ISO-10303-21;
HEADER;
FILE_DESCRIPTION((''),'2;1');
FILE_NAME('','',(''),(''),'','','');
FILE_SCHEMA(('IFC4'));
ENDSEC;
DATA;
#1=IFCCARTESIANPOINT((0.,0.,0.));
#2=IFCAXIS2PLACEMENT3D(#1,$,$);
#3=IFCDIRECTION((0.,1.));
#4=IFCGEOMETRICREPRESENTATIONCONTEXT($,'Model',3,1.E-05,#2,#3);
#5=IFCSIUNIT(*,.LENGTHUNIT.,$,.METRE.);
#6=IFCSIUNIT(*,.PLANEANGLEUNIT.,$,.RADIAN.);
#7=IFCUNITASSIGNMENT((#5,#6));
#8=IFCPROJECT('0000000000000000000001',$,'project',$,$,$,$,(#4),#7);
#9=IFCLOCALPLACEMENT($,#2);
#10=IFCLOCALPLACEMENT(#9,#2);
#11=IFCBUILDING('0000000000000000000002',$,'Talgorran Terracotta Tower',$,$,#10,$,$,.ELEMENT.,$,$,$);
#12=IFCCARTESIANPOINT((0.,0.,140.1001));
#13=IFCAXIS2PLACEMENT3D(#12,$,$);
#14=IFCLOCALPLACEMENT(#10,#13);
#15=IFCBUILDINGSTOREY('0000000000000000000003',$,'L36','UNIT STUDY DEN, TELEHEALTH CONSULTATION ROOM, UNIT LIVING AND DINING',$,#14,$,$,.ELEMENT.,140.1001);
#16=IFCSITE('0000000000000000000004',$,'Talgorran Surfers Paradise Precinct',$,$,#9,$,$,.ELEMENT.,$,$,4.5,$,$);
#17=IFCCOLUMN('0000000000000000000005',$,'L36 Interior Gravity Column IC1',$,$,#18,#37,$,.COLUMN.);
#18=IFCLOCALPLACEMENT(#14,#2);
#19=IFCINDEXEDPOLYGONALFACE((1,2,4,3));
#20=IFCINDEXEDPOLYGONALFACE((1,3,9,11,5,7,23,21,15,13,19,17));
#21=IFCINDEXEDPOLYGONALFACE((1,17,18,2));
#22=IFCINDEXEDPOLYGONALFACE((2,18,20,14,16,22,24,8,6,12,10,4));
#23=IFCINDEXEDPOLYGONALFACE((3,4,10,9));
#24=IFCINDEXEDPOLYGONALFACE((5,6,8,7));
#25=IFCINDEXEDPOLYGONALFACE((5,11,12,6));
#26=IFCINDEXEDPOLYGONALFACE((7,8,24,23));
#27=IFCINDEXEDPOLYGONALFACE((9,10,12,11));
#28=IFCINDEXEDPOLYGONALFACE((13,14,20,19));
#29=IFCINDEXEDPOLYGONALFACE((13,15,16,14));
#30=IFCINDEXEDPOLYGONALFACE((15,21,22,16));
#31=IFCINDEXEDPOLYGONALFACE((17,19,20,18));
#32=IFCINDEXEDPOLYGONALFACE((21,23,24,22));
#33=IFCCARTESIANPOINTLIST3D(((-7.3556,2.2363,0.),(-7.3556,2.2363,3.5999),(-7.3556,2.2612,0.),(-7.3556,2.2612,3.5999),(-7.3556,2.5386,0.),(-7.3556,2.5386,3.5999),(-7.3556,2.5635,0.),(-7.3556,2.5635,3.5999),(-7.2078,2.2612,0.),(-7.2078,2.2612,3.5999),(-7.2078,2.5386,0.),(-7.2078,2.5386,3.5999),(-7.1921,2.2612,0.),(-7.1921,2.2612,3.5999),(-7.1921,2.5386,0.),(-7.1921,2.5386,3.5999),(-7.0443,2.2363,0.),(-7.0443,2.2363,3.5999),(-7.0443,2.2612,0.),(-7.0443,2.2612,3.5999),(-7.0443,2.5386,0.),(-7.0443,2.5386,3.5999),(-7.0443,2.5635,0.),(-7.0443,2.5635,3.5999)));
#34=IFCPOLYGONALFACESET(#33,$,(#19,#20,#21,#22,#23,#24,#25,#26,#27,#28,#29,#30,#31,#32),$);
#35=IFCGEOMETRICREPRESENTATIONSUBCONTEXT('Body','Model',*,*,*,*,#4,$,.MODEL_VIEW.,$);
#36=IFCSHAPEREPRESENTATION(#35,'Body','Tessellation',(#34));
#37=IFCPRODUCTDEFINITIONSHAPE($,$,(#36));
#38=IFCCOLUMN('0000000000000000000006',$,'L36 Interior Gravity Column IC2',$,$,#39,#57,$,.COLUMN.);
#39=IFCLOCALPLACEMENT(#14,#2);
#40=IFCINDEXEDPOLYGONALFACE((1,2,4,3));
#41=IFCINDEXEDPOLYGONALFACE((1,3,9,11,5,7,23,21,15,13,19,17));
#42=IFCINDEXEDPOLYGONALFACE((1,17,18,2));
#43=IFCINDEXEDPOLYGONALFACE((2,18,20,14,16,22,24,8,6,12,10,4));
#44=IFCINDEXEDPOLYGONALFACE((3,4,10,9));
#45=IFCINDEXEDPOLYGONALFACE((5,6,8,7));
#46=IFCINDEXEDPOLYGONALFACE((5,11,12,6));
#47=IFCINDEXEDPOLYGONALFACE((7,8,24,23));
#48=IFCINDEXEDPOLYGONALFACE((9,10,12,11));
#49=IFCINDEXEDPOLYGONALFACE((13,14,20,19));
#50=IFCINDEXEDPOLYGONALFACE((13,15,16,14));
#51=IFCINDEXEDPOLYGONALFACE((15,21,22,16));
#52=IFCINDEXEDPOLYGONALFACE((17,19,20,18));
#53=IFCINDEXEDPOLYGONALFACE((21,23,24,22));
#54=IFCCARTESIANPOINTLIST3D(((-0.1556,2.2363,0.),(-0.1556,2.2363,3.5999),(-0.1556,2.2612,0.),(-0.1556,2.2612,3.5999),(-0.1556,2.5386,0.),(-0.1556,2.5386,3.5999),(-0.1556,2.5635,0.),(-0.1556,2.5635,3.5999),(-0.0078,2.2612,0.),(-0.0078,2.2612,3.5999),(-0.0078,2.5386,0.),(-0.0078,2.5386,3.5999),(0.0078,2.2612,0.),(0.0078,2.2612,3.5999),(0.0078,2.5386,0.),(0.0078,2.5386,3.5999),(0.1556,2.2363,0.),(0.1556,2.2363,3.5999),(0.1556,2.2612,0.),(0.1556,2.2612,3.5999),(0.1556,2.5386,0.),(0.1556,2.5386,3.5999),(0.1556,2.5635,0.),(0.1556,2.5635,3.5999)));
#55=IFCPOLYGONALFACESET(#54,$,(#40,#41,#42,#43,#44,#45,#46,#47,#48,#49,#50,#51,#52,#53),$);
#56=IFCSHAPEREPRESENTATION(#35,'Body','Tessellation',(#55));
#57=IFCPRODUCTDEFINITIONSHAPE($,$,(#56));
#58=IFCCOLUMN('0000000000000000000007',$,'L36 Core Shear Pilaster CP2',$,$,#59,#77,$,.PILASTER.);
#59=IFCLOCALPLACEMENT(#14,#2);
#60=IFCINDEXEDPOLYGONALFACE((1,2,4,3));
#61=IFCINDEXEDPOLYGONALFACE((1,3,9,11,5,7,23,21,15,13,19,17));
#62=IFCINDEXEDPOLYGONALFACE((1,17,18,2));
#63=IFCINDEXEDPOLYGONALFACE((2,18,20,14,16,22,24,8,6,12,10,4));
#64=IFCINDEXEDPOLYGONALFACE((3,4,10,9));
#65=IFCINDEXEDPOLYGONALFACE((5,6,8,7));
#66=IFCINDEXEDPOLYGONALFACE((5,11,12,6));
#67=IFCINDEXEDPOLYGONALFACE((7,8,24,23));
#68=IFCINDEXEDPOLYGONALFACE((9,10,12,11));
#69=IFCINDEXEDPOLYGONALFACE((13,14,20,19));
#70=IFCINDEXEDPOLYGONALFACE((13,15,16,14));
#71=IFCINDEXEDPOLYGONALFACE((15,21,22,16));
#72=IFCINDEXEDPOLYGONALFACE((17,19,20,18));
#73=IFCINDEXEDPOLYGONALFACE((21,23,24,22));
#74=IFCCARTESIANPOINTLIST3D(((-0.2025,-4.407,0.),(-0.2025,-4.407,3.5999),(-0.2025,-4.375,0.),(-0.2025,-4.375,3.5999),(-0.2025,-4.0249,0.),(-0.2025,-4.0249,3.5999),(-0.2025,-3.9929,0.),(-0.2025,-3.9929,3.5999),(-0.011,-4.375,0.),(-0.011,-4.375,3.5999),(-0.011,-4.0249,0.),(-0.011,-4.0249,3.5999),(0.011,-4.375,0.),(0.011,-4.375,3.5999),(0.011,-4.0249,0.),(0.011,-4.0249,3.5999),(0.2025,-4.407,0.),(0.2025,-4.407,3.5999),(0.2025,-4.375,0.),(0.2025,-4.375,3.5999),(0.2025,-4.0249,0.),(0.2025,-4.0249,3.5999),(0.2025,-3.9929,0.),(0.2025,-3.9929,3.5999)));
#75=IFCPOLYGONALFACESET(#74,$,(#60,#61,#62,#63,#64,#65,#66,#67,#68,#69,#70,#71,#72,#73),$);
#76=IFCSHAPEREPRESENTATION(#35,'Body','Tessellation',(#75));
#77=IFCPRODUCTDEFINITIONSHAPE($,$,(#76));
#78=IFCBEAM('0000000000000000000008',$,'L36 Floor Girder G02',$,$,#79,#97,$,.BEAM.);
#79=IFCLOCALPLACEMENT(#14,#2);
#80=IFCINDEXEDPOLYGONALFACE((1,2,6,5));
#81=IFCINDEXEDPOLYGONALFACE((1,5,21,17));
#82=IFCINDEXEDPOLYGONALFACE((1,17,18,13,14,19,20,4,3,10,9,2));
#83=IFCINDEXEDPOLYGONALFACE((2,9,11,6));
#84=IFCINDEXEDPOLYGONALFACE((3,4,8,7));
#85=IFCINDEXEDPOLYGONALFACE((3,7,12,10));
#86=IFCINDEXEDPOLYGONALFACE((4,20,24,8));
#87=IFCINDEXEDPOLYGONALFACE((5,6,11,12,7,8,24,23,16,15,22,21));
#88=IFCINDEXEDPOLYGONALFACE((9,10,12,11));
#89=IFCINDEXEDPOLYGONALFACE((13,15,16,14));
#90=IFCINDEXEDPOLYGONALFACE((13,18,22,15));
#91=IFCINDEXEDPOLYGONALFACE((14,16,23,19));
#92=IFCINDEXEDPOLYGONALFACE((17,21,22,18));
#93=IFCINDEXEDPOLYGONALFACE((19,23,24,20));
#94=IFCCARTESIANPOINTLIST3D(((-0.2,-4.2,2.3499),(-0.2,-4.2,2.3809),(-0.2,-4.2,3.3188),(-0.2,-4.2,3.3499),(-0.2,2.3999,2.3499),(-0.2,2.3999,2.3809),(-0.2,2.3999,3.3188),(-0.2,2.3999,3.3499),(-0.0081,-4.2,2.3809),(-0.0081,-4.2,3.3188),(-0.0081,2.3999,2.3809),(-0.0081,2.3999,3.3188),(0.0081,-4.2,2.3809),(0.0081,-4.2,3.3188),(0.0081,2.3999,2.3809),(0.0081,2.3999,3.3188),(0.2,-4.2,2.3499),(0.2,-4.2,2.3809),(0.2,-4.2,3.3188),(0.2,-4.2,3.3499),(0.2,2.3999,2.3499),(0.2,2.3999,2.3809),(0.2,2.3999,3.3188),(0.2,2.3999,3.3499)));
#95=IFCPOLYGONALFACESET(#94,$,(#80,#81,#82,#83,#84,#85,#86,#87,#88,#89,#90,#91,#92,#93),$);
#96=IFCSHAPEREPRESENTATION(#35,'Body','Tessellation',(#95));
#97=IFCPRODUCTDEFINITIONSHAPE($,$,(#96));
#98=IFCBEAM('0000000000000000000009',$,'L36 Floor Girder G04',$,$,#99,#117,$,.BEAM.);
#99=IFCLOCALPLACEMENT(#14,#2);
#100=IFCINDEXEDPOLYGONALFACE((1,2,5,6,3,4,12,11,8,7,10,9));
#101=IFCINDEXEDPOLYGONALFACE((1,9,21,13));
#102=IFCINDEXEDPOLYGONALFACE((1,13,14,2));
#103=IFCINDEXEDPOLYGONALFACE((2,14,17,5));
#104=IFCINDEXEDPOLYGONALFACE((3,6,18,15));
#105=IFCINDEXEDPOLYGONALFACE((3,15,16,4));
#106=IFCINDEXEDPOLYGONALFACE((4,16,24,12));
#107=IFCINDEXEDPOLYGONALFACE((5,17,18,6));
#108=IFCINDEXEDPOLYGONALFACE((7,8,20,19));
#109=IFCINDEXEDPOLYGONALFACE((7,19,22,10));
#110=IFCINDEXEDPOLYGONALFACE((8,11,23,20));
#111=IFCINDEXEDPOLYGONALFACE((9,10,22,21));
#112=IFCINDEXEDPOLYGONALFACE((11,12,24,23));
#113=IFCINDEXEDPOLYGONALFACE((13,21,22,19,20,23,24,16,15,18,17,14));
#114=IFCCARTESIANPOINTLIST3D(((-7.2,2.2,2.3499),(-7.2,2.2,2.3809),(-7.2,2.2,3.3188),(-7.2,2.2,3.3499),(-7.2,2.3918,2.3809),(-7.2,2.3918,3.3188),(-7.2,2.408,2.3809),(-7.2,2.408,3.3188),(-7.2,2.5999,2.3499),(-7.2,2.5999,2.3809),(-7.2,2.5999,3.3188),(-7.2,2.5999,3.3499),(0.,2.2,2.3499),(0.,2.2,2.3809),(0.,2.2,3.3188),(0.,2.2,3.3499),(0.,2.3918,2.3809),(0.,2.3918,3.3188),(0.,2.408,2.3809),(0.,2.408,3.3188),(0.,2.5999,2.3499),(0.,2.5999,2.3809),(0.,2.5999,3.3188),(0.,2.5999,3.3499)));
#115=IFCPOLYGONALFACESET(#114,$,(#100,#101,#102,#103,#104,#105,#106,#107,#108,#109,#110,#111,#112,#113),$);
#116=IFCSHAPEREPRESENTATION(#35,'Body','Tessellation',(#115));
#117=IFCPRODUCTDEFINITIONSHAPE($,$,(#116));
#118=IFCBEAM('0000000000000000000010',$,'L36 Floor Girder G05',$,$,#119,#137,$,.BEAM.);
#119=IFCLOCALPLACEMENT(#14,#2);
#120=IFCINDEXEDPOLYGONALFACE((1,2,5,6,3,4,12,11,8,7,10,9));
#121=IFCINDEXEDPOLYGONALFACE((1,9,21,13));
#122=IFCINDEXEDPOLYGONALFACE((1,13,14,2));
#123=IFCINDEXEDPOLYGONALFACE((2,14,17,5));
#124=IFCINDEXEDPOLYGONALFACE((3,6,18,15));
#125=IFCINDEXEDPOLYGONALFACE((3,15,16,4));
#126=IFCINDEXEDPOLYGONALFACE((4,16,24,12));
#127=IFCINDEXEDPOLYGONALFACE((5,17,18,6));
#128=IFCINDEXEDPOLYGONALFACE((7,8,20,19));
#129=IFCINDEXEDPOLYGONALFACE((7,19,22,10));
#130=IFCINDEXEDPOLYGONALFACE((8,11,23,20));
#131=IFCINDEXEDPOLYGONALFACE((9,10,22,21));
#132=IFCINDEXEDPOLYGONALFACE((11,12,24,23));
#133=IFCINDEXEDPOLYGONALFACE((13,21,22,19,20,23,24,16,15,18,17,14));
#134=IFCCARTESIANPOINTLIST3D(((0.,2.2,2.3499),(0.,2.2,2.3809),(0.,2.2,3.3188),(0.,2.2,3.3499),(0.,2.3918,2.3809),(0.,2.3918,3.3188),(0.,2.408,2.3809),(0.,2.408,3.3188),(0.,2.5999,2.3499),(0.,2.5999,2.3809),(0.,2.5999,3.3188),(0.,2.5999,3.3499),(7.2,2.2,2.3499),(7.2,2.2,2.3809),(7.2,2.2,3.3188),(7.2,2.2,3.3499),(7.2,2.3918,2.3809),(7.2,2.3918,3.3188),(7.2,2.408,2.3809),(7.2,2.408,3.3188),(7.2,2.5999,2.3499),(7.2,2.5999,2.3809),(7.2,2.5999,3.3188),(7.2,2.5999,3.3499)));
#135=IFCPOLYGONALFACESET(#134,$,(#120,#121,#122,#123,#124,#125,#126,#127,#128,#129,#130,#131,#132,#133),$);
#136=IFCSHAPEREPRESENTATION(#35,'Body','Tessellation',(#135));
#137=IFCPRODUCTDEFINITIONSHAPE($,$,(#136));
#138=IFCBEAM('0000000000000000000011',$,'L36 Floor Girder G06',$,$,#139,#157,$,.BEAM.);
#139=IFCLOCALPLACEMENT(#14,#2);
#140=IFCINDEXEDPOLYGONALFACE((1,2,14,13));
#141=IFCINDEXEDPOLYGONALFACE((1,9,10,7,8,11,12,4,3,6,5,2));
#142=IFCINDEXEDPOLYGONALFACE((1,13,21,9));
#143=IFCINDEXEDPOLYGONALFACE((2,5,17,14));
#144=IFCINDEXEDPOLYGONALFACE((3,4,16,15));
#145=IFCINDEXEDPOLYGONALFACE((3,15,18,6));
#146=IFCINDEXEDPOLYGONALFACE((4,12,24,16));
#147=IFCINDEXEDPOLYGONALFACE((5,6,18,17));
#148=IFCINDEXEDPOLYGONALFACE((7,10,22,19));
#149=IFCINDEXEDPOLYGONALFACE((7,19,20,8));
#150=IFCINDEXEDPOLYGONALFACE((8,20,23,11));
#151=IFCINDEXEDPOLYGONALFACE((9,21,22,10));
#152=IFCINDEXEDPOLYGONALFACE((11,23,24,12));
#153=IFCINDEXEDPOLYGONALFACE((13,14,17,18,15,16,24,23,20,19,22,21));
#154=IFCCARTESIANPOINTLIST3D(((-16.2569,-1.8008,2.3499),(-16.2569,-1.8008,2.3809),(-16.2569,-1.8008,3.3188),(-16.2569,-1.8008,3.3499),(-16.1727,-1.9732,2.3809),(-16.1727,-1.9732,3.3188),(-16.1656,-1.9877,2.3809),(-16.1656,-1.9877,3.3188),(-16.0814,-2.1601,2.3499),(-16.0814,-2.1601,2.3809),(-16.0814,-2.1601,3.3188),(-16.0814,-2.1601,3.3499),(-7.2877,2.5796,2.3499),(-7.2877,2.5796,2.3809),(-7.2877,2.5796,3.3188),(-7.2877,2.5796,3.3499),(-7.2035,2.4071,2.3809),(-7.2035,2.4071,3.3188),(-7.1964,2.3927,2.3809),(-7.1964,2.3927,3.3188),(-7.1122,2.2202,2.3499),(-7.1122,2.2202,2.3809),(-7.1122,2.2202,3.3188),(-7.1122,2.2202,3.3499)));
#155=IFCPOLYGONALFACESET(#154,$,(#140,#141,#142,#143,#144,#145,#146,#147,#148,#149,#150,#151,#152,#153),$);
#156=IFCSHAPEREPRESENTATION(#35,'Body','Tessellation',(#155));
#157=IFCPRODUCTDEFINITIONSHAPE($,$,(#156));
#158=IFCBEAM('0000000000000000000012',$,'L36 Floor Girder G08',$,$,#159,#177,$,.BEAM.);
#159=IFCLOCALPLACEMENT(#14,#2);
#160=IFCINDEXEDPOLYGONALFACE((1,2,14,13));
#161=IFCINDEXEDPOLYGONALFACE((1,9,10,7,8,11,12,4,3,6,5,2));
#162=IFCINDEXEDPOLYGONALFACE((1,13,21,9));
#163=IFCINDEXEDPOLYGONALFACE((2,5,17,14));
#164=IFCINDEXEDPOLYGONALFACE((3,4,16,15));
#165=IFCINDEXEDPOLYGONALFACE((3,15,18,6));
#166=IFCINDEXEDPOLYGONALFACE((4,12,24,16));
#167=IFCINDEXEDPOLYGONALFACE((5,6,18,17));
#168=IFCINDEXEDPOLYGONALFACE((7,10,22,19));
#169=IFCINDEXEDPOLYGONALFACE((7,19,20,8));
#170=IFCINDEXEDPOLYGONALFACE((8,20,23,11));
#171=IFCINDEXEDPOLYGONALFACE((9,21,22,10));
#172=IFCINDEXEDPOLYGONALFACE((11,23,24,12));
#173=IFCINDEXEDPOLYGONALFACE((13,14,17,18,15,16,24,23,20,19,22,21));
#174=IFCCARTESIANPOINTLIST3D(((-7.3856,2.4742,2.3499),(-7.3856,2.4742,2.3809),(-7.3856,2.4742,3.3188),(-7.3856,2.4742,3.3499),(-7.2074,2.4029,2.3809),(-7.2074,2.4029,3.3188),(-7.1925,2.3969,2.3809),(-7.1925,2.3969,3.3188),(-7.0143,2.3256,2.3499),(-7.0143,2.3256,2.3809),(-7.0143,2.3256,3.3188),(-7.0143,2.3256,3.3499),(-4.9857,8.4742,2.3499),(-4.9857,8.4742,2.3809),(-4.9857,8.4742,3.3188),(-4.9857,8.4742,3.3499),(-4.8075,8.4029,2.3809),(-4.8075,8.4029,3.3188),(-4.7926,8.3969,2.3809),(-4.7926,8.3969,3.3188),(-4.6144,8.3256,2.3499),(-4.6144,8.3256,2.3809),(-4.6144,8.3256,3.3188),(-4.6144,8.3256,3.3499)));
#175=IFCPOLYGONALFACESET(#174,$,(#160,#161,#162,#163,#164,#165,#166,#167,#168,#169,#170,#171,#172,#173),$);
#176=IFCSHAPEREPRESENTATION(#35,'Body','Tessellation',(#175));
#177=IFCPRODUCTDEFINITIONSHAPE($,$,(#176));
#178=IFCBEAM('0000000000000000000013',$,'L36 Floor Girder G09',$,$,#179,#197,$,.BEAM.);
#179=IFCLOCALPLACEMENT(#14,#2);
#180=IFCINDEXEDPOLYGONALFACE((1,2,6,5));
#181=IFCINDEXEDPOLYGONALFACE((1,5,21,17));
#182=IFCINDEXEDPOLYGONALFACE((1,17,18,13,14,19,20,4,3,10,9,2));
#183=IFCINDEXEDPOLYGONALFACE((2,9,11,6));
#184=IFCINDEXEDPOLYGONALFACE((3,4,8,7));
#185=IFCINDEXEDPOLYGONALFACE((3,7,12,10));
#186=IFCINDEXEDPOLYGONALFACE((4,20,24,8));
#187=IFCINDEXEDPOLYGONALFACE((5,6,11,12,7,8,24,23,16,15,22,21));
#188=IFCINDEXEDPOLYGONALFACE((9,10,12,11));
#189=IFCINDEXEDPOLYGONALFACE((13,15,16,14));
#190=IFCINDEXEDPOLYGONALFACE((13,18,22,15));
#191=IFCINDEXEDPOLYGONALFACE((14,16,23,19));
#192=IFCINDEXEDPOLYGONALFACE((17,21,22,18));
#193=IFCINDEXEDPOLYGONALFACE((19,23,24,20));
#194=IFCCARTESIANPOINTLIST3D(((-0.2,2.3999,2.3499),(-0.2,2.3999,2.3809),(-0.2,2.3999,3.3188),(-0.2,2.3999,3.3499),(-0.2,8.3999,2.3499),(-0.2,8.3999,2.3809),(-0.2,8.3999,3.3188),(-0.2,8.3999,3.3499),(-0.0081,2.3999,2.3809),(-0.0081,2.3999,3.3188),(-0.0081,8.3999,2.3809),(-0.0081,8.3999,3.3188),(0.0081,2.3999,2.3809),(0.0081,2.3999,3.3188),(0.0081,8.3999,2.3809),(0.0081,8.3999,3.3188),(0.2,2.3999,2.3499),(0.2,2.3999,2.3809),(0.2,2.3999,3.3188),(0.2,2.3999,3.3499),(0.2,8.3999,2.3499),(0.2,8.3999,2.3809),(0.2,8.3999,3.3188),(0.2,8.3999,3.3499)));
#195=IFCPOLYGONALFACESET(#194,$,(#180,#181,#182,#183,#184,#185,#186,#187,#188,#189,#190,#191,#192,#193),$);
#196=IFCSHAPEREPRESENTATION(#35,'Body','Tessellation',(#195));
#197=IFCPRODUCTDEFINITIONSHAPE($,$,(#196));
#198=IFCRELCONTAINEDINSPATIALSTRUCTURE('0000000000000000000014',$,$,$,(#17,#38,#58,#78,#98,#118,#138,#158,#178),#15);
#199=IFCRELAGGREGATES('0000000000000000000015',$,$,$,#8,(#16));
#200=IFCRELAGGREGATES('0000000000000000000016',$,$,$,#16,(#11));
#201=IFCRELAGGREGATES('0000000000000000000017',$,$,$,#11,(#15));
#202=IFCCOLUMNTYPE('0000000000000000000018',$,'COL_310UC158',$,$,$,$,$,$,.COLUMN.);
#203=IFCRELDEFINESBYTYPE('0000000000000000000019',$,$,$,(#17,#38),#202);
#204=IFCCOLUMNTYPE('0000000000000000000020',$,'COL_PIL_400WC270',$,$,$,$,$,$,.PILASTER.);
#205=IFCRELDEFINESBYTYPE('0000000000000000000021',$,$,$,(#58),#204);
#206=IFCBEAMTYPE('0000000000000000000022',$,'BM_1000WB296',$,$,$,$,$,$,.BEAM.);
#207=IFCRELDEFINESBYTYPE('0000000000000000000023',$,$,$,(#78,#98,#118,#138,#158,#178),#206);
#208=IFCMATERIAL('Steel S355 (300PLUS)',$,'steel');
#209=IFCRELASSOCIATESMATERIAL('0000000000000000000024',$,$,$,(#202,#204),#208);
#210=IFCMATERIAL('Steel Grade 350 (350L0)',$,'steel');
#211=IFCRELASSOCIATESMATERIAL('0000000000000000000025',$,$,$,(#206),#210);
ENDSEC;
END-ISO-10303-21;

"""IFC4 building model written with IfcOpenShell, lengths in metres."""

from ifc_helpers import new_model, si_unit, direction, frame, origin, origin_2d, place, context, subcontext, project, spatial, i_section, extrude, material, material_profile, profile_set, type_object, element, save


model = new_model("IFC4")

# Units and contexts
model_context = context("Model", 3, precision=1e-05, world=origin(), true_north=direction((0.0, 1.0)))
body_context = subcontext(model_context, "Body", "Model", "MODEL_VIEW")
ifc_project = project(units=[si_unit("LENGTHUNIT", "METRE"), si_unit("PLANEANGLEUNIT", "RADIAN")], contexts=[model_context])

# Site, building, storey
site_placement = place(None, origin())
site = spatial("IfcSite", under=ifc_project, at=site_placement, Name="Talgorran Surfers Paradise Precinct", CompositionType="ELEMENT", RefElevation=4.5)
building_placement = place(site_placement, origin())
building = spatial("IfcBuilding", under=site, at=building_placement, Name="Talgorran Terracotta Tower", CompositionType="ELEMENT")
storey_placement = place(building_placement, frame((0.0, 0.0, 140.1001)))
storey = spatial("IfcBuildingStorey", under=building, at=storey_placement, Name="L36", Description="UNIT STUDY DEN, TELEHEALTH CONSULTATION ROOM, UNIT LIVING AND DINING", CompositionType="ELEMENT", Elevation=140.1001)

# Columns
ifc_material_1 = material(Name="Steel S355 (300PLUS)", Category="steel")
ifc_material_profile_1 = material_profile(ifc_material_1, i_section(OverallWidth=0.3113, OverallDepth=0.3271, WebThickness=0.0156, FlangeThickness=0.0249, at=origin_2d()), Name="310UC158")
ifc_profile_set_1 = profile_set([ifc_material_profile_1], Name="Steel S355 (300PLUS)")
column_type_1 = type_object("IfcColumnType", Name="COL_310UC158", PredefinedType="COLUMN", material=ifc_profile_set_1)
for number, where, z_axis, x_axis, name in (
    (1, (-7.2, 2.3999, 0.0), (0.0, 0.0, 1.0), (1.0, 0.0, 0.0), "L36 Interior Gravity Column IC1"),
    (2, (0.0, 2.3999, 0.0), (0.0, 0.0, 1.0), (1.0, 0.0, 0.0), "L36 Interior Gravity Column IC2"),
):
    element("IfcColumn", number, at=place(storey_placement, frame(where, z_axis=z_axis, x_axis=x_axis)), inside=storey, type_object=column_type_1, Name=name, PredefinedType="COLUMN", context=body_context, shape_type="SweptSolid", body=[
        extrude(i_section(OverallWidth=0.3113, OverallDepth=0.3271, WebThickness=0.0156, FlangeThickness=0.0249, at=origin_2d()), origin(), (0.0, 0.0, 1.0), 3.5999),
    ])
ifc_material_profile_2 = material_profile(ifc_material_1, i_section(OverallWidth=0.405, OverallDepth=0.4141, WebThickness=0.022, FlangeThickness=0.032, at=origin_2d()), Name="400WC270")
ifc_profile_set_2 = profile_set([ifc_material_profile_2], Name="Steel S355 (300PLUS)")
column_type_2 = type_object("IfcColumnType", Name="COL_PIL_400WC270", PredefinedType="PILASTER", material=ifc_profile_set_2)
column_placement = place(storey_placement, frame((0.0, -4.2, 0.0), z_axis=(0.0, 0.0, 1.0), x_axis=(1.0, 0.0, 0.0)))
element("IfcColumn", 3, at=column_placement, inside=storey, type_object=column_type_2, Name="L36 Core Shear Pilaster CP2", PredefinedType="PILASTER", context=body_context, shape_type="SweptSolid", body=[
    extrude(i_section(OverallWidth=0.405, OverallDepth=0.4141, WebThickness=0.022, FlangeThickness=0.032, at=origin_2d()), origin(), (0.0, 0.0, 1.0), 3.5999),
])

# Beams
ifc_material_2 = material(Name="Steel Grade 350 (350L0)", Category="steel")
ifc_material_profile_3 = material_profile(ifc_material_2, i_section(OverallWidth=0.3999, OverallDepth=1.0, WebThickness=0.0161, FlangeThickness=0.031, at=origin_2d()), Name="1000WB296")
ifc_profile_set_3 = profile_set([ifc_material_profile_3], Name="Steel Grade 350 (350L0)")
beam_type_1 = type_object("IfcBeamType", Name="BM_1000WB296", PredefinedType="BEAM", material=ifc_profile_set_3)
beam_1_placement = place(storey_placement, frame((0.0, -4.2, 2.8499), z_axis=(0.0, 1.0, 0.0), x_axis=(-1.0, 0.0, 0.0)))
element("IfcBeam", 4, at=beam_1_placement, inside=storey, type_object=beam_type_1, Name="L36 Floor Girder G02", PredefinedType="BEAM", context=body_context, shape_type="SweptSolid", body=[
    extrude(i_section(OverallWidth=0.3999, OverallDepth=1.0, WebThickness=0.0161, FlangeThickness=0.031, at=origin_2d()), origin(), (0.0, 0.0, 1.0), 6.5999),
])
for number, where, z_axis, x_axis, name in (
    (5, (-7.2, 2.3999, 2.8499), (1.0, 0.0, 0.0), (0.0, 1.0, 0.0), "L36 Floor Girder G04"),
    (6, (0.0, 2.3999, 2.8499), (1.0, 0.0, 0.0), (0.0, 1.0, 0.0), "L36 Floor Girder G05"),
):
    element("IfcBeam", number, at=place(storey_placement, frame(where, z_axis=z_axis, x_axis=x_axis)), inside=storey, type_object=beam_type_1, Name=name, PredefinedType="BEAM", context=body_context, shape_type="SweptSolid", body=[
        extrude(i_section(OverallWidth=0.3999, OverallDepth=1.0, WebThickness=0.0161, FlangeThickness=0.031, at=origin_2d()), origin(), (0.0, 0.0, 1.0), 7.2),
    ])
beam_2_placement = place(storey_placement, frame((-7.2, 2.3999, 2.8499), z_axis=(-0.898566, -0.438839, 0.0), x_axis=(0.438839, -0.898566, 0.0)))
element("IfcBeam", 7, at=beam_2_placement, inside=storey, type_object=beam_type_1, Name="L36 Floor Girder G06", PredefinedType="BEAM", context=body_context, shape_type="SweptSolid", body=[
    extrude(i_section(OverallWidth=0.3999, OverallDepth=1.0, WebThickness=0.0161, FlangeThickness=0.031, at=origin_2d()), origin(), (0.0, 0.0, 1.0), 9.9817),
])
beam_3_placement = place(storey_placement, frame((-7.2, 2.3999, 2.8499), z_axis=(0.371378, 0.928482, 0.0), x_axis=(-0.928482, 0.371378, 0.0)))
element("IfcBeam", 8, at=beam_3_placement, inside=storey, type_object=beam_type_1, Name="L36 Floor Girder G08", PredefinedType="BEAM", context=body_context, shape_type="SweptSolid", body=[
    extrude(i_section(OverallWidth=0.3999, OverallDepth=1.0, WebThickness=0.0161, FlangeThickness=0.031, at=origin_2d()), origin(), (0.0, 0.0, 1.0), 6.4622),
])
beam_4_placement = place(storey_placement, frame((0.0, 2.3999, 2.8499), z_axis=(0.0, 1.0, 0.0), x_axis=(-1.0, 0.0, 0.0)))
element("IfcBeam", 9, at=beam_4_placement, inside=storey, type_object=beam_type_1, Name="L36 Floor Girder G09", PredefinedType="BEAM", context=body_context, shape_type="SweptSolid", body=[
    extrude(i_section(OverallWidth=0.3999, OverallDepth=1.0, WebThickness=0.0161, FlangeThickness=0.031, at=origin_2d()), origin(), (0.0, 0.0, 1.0), 6.0),
])

save(model, "model.ifc")
